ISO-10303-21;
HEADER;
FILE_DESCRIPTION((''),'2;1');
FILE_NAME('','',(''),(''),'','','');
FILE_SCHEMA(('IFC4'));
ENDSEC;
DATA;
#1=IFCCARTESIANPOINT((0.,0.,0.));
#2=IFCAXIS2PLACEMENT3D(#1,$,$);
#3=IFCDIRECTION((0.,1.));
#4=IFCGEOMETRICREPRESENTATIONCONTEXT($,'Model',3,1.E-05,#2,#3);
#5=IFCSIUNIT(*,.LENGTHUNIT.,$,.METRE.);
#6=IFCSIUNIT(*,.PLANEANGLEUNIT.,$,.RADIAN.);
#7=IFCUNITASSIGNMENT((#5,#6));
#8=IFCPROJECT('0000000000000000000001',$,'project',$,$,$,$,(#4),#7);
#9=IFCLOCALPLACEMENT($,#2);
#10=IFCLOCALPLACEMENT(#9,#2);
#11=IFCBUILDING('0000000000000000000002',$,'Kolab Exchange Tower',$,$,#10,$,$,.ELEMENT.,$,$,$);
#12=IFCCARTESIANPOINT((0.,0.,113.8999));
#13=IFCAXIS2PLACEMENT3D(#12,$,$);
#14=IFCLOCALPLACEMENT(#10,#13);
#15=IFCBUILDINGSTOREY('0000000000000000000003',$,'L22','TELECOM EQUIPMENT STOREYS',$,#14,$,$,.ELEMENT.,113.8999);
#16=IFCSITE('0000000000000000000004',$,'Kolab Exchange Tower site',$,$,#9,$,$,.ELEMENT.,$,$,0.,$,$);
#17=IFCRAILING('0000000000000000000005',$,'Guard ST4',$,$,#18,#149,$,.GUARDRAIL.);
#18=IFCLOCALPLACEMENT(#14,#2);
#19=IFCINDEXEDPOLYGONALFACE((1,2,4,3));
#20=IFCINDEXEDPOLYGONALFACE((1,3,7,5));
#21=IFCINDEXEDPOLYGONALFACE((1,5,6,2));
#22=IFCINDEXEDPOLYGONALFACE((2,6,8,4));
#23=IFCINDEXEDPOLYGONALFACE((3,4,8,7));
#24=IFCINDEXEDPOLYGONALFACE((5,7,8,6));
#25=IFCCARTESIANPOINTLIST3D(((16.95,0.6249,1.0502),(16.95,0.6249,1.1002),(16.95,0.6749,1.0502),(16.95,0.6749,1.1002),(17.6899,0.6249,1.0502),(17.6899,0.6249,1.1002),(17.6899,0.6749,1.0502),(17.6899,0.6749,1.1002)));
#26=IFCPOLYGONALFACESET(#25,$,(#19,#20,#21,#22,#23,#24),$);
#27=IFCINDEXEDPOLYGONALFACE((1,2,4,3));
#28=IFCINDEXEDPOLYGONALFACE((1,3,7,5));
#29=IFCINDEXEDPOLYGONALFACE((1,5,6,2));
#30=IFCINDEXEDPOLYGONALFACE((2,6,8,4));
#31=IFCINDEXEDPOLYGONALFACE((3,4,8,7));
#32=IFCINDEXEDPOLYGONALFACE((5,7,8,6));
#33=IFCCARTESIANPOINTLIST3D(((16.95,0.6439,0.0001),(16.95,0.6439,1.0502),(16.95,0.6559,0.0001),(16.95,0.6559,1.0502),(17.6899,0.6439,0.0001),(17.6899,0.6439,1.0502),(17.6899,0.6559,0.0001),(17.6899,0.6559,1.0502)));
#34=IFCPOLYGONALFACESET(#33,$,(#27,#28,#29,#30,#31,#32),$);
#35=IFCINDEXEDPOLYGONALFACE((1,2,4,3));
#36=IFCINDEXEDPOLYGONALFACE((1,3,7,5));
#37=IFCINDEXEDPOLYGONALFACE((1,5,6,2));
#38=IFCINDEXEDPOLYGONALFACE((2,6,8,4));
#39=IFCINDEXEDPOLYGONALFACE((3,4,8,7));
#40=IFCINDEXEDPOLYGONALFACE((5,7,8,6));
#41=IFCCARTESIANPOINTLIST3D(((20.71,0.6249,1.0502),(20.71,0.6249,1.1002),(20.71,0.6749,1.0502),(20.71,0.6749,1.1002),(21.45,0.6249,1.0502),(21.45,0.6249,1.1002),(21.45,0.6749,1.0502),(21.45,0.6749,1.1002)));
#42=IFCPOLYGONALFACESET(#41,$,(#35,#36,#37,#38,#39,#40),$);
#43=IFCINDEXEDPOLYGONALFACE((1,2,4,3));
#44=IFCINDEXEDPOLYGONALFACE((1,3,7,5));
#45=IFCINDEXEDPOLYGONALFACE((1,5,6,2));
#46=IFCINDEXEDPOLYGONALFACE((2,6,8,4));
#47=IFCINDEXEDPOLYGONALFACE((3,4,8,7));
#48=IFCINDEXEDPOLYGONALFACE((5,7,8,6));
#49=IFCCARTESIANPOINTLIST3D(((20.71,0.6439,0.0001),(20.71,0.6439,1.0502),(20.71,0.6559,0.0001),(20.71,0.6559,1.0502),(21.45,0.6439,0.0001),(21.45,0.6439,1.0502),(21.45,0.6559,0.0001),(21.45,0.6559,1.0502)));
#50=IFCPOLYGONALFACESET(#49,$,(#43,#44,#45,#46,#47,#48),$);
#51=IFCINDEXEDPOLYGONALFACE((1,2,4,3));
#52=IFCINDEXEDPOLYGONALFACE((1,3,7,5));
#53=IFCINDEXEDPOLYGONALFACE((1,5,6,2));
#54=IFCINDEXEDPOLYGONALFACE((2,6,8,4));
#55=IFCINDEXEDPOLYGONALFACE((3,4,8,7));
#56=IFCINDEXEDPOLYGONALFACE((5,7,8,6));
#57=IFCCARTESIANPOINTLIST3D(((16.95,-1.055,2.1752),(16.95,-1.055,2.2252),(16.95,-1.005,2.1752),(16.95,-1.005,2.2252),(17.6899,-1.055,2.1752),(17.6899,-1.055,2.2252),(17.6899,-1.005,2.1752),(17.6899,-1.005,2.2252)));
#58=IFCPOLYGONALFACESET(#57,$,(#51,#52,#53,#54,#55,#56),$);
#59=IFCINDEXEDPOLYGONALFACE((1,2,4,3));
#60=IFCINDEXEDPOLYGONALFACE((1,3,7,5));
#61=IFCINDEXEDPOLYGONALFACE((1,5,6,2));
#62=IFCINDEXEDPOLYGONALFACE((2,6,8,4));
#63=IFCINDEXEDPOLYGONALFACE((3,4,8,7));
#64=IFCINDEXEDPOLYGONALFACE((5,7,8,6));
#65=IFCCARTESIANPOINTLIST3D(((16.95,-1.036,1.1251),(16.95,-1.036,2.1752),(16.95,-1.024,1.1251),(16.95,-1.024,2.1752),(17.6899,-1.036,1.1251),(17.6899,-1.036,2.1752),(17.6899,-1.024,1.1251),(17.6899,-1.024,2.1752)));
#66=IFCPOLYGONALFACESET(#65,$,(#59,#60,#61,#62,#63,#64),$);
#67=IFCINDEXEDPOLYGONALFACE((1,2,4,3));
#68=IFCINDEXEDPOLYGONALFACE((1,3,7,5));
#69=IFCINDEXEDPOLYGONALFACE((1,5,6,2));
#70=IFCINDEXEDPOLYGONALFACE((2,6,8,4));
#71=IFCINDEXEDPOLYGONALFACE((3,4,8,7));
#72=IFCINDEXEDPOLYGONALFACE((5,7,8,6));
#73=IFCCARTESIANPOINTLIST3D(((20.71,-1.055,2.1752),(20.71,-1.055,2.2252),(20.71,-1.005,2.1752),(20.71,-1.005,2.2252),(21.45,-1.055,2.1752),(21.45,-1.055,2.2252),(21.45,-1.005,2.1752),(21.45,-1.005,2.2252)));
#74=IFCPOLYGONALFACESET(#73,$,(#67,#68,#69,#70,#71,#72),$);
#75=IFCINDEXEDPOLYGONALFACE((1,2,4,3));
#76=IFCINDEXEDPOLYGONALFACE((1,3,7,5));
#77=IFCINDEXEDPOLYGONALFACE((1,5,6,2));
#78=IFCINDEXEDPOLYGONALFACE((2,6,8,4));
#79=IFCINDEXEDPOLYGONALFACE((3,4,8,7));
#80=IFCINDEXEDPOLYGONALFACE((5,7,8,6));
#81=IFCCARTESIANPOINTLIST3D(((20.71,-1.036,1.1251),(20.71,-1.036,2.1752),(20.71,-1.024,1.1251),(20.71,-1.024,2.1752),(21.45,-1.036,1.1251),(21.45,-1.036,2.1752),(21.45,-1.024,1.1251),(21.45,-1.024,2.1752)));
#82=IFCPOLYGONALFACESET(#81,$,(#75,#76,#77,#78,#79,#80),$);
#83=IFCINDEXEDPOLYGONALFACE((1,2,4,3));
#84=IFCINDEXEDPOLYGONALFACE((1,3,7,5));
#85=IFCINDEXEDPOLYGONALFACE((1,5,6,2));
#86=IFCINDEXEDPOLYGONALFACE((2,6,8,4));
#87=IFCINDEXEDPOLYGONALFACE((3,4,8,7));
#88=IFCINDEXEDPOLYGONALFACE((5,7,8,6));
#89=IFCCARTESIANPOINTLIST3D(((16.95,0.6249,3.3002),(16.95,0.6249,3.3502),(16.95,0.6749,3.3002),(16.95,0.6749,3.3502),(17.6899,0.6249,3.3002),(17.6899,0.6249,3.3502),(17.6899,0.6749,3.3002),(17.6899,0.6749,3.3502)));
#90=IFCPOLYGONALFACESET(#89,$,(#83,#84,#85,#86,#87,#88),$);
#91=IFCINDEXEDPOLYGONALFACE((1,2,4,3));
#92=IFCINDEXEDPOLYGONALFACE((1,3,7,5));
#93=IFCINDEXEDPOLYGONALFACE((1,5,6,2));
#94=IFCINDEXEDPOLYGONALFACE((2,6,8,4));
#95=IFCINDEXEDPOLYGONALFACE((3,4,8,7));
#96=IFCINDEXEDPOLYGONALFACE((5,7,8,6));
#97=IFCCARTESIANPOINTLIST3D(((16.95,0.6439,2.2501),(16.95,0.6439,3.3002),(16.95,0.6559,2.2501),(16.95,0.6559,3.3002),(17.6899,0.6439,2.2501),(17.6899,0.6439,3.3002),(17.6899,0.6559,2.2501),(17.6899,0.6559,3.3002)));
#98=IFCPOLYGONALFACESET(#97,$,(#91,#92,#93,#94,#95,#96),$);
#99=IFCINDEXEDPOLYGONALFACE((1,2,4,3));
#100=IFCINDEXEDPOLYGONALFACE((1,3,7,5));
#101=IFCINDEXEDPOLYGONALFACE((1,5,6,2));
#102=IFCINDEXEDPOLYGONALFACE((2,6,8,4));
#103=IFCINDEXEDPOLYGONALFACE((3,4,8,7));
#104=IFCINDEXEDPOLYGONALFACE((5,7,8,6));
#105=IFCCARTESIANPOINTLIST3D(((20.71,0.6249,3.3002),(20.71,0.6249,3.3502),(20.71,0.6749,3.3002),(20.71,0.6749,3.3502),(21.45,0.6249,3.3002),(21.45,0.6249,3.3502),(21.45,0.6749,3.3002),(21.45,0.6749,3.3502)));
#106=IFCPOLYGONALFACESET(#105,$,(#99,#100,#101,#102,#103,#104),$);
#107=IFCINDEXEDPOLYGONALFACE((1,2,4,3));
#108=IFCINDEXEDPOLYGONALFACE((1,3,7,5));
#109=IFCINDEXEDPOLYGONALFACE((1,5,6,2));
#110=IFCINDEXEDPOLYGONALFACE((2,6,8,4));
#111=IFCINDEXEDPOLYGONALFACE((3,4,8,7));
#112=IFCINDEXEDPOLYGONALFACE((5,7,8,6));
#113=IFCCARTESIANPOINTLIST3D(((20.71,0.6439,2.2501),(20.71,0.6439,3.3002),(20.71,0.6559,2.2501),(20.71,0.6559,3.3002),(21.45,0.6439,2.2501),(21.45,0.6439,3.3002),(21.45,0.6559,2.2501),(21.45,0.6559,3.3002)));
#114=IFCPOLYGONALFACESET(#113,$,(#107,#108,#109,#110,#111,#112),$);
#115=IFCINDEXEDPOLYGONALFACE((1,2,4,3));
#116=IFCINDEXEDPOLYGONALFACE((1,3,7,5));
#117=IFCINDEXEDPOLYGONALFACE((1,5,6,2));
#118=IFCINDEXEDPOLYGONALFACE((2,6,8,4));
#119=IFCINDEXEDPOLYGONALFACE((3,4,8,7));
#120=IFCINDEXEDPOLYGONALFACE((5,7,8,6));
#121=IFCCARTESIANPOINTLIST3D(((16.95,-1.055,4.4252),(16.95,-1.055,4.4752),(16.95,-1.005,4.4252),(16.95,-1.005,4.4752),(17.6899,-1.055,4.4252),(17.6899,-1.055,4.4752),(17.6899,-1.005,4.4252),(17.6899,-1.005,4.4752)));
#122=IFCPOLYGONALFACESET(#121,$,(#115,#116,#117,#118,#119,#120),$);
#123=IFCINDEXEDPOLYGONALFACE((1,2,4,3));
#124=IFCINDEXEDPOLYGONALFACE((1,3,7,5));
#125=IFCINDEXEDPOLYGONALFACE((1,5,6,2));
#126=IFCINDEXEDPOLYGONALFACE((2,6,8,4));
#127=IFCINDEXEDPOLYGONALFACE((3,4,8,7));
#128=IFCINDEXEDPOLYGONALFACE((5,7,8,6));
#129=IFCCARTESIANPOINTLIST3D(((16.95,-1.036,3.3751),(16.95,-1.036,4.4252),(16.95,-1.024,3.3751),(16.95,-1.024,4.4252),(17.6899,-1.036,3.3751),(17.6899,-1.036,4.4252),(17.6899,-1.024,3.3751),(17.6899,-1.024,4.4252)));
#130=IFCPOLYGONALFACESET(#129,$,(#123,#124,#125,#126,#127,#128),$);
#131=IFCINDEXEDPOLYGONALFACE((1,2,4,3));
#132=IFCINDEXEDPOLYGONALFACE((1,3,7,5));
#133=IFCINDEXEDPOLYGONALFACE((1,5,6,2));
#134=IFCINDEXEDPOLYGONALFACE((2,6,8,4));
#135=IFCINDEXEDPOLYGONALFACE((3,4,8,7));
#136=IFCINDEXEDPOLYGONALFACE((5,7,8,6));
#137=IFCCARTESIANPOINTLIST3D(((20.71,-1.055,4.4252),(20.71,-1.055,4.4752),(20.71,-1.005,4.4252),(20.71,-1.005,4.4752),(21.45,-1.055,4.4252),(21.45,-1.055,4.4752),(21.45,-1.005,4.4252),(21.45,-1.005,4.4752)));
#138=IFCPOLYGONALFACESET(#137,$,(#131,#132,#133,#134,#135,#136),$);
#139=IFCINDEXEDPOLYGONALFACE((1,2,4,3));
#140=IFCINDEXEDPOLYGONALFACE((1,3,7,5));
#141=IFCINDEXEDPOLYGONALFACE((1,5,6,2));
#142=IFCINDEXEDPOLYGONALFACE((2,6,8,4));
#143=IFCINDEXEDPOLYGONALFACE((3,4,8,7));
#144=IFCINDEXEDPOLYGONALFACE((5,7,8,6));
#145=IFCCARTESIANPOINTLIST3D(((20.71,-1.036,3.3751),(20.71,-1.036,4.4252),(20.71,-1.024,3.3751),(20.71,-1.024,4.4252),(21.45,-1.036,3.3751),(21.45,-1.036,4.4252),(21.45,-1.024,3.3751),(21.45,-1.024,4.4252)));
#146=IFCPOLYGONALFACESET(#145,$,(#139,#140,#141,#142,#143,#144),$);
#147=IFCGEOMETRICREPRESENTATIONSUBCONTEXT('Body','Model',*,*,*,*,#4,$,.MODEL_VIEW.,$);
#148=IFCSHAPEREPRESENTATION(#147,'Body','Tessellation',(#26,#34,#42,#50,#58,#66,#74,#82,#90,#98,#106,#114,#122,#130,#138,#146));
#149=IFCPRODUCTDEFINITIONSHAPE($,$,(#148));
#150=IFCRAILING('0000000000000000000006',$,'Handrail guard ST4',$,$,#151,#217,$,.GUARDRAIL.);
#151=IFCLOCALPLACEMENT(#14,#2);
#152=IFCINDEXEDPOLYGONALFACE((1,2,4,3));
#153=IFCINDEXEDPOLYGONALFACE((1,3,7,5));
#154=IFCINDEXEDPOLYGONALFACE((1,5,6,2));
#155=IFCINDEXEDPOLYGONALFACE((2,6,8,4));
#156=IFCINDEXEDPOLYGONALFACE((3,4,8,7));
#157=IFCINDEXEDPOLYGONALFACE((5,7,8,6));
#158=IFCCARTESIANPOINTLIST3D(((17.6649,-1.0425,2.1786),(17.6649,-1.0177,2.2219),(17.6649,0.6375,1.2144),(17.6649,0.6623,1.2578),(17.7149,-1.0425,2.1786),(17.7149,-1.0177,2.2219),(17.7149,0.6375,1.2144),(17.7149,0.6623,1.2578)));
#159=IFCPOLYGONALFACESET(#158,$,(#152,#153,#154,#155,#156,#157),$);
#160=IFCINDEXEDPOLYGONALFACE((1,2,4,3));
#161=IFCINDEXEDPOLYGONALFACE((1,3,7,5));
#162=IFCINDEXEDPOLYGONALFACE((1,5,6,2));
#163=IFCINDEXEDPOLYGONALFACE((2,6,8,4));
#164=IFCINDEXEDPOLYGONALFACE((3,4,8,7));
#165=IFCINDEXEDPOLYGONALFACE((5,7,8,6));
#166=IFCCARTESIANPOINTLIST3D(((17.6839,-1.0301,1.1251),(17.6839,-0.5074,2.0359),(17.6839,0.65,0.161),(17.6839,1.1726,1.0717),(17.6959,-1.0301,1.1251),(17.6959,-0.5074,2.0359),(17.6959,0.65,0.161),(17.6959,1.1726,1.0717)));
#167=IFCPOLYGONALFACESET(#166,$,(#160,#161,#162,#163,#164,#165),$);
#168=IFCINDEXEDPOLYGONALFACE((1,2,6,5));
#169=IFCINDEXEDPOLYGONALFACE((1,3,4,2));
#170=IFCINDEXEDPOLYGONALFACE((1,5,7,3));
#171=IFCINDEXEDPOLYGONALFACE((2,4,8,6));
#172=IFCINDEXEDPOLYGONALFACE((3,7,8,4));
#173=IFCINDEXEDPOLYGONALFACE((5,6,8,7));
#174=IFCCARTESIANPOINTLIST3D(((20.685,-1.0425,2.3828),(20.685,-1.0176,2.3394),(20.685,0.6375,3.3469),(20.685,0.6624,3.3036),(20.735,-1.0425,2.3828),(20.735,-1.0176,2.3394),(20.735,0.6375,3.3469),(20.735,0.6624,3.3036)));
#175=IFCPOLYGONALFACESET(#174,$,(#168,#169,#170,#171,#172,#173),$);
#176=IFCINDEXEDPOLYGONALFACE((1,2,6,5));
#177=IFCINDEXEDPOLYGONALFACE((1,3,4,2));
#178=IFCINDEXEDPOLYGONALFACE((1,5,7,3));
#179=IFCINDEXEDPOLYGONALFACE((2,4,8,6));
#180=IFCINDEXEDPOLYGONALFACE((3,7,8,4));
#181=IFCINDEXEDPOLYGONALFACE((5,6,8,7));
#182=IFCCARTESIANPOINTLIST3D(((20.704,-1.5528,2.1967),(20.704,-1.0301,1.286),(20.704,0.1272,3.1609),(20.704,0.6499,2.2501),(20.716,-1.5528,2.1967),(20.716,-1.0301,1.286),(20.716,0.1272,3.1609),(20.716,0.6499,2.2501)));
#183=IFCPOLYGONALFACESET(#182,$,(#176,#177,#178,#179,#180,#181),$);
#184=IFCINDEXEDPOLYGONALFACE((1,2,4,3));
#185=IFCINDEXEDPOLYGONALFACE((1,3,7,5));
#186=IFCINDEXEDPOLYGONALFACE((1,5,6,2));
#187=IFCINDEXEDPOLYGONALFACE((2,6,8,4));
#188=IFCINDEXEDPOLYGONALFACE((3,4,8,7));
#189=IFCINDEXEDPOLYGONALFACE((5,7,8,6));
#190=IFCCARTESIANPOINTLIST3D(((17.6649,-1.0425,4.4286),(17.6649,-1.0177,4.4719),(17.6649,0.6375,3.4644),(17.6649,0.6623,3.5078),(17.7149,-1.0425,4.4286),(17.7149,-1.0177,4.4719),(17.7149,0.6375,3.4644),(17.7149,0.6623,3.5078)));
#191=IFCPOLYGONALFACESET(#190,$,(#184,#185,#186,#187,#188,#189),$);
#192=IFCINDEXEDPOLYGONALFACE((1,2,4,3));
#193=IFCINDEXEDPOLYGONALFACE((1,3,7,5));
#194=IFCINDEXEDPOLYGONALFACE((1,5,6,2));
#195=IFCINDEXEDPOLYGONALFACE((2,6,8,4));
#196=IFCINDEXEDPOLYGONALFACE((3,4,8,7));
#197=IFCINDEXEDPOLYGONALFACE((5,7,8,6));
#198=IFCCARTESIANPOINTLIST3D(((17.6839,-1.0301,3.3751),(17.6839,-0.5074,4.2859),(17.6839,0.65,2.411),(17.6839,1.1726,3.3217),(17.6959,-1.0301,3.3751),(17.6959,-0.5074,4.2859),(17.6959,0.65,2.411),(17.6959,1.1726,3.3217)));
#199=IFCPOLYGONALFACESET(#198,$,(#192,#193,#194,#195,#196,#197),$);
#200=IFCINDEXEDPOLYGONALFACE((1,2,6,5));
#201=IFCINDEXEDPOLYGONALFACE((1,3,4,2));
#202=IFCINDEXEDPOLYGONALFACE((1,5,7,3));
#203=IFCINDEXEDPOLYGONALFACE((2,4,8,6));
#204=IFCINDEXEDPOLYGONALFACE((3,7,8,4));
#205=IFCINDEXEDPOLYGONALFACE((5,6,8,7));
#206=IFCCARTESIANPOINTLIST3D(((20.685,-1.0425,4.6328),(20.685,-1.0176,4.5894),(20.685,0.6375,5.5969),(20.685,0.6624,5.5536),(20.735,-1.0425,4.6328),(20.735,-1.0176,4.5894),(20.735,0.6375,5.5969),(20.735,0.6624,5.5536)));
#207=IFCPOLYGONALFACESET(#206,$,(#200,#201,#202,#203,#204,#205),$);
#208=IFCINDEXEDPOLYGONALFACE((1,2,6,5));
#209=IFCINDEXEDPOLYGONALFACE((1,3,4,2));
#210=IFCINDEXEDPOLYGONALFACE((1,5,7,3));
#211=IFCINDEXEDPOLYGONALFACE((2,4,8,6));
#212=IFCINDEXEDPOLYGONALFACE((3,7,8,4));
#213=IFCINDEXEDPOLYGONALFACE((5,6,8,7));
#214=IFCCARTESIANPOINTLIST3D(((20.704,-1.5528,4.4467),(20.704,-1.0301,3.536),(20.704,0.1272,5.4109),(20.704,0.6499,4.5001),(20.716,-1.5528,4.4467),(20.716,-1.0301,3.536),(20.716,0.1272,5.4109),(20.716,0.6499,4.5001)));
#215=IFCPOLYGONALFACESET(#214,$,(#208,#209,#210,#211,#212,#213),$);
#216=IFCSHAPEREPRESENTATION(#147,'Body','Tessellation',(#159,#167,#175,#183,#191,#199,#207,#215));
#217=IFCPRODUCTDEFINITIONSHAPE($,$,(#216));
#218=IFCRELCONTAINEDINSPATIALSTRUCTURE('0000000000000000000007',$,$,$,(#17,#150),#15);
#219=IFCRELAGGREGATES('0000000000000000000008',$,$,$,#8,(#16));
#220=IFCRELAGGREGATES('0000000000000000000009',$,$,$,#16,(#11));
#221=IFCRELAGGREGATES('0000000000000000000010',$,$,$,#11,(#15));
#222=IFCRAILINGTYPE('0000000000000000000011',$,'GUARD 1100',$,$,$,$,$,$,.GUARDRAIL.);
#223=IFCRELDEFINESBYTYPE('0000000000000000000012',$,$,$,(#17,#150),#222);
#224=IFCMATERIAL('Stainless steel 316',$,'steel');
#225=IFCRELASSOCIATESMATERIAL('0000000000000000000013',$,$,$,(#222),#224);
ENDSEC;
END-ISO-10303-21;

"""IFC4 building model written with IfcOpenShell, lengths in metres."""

from ifc_helpers import new_model, si_unit, direction, frame, frame_2d, origin, origin_2d, place, context, subcontext, project, spatial, rectangle, extrude, material, type_object, element, save


model = new_model("IFC4")

# Units and contexts
model_context = context("Model", 3, precision=1e-05, world=origin(), true_north=direction((0.0, 1.0)))
body_context = subcontext(model_context, "Body", "Model", "MODEL_VIEW")
ifc_project = project(units=[si_unit("LENGTHUNIT", "METRE"), si_unit("PLANEANGLEUNIT", "RADIAN")], contexts=[model_context])

# Site, building, storey
site_placement = place(None, origin())
site = spatial("IfcSite", under=ifc_project, at=site_placement, Name="Kolab Exchange Tower site", CompositionType="ELEMENT", RefElevation=0.0)
building_placement = place(site_placement, origin())
building = spatial("IfcBuilding", under=site, at=building_placement, Name="Kolab Exchange Tower", CompositionType="ELEMENT")
storey_placement = place(building_placement, frame((0.0, 0.0, 113.8999)))
storey = spatial("IfcBuildingStorey", under=building, at=storey_placement, Name="L22", Description="TELECOM EQUIPMENT STOREYS", CompositionType="ELEMENT", Elevation=113.8999)

# Railings
ifc_material_1 = material(Name="Stainless steel 316", Category="steel")
railing_type = type_object("IfcRailingType", Name="GUARD 1100", PredefinedType="GUARDRAIL", material=ifc_material_1)
railing_1_placement = place(storey_placement, frame((16.95, 0.6499, 0.0)))
element("IfcRailing", 1, at=railing_1_placement, inside=storey, type_object=railing_type, Name="Guard ST4", PredefinedType="GUARDRAIL", context=body_context, shape_type="SweptSolid", body=[
    extrude(rectangle(XDim=0.05, YDim=0.05, at=origin_2d()), frame((0.0, 0.0, 1.0752), z_axis=(1.0, 0.0, 0.0), x_axis=(0.0, 1.0, 0.0)), (0.0, 0.0, 1.0), 0.74),
    extrude(rectangle(XDim=0.012, YDim=1.0501, at=frame_2d((0.0, 0.5251))), frame((0.0, 0.0, 0.0), z_axis=(1.0, 0.0, 0.0), x_axis=(0.0, 1.0, 0.0)), (0.0, 0.0, 1.0), 0.74),
    extrude(rectangle(XDim=0.05, YDim=0.05, at=origin_2d()), frame((3.76, 0.0, 1.0752), z_axis=(1.0, 0.0, 0.0), x_axis=(0.0, 1.0, 0.0)), (0.0, 0.0, 1.0), 0.74),
    extrude(rectangle(XDim=0.012, YDim=1.0501, at=frame_2d((0.0, 0.5251))), frame((3.76, 0.0, 0.0), z_axis=(1.0, 0.0, 0.0), x_axis=(0.0, 1.0, 0.0)), (0.0, 0.0, 1.0), 0.74),
    extrude(rectangle(XDim=0.05, YDim=0.05, at=origin_2d()), frame((0.0, -1.6799, 2.2002), z_axis=(1.0, 0.0, 0.0), x_axis=(0.0, 1.0, 0.0)), (0.0, 0.0, 1.0), 0.74),
    extrude(rectangle(XDim=0.012, YDim=1.0501, at=frame_2d((0.0, 0.5251))), frame((0.0, -1.6799, 1.125), z_axis=(1.0, 0.0, 0.0), x_axis=(0.0, 1.0, 0.0)), (0.0, 0.0, 1.0), 0.74),
    extrude(rectangle(XDim=0.05, YDim=0.05, at=origin_2d()), frame((3.76, -1.6799, 2.2002), z_axis=(1.0, 0.0, 0.0), x_axis=(0.0, 1.0, 0.0)), (0.0, 0.0, 1.0), 0.74),
    extrude(rectangle(XDim=0.012, YDim=1.0501, at=frame_2d((0.0, 0.5251))), frame((3.76, -1.6799, 1.125), z_axis=(1.0, 0.0, 0.0), x_axis=(0.0, 1.0, 0.0)), (0.0, 0.0, 1.0), 0.74),
    extrude(rectangle(XDim=0.05, YDim=0.05, at=origin_2d()), frame((0.0, 0.0, 3.3252), z_axis=(1.0, 0.0, 0.0), x_axis=(0.0, 1.0, 0.0)), (0.0, 0.0, 1.0), 0.74),
    extrude(rectangle(XDim=0.012, YDim=1.0501, at=frame_2d((0.0, 0.5251))), frame((0.0, 0.0, 2.25), z_axis=(1.0, 0.0, 0.0), x_axis=(0.0, 1.0, 0.0)), (0.0, 0.0, 1.0), 0.74),
    extrude(rectangle(XDim=0.05, YDim=0.05, at=origin_2d()), frame((3.76, 0.0, 3.3252), z_axis=(1.0, 0.0, 0.0), x_axis=(0.0, 1.0, 0.0)), (0.0, 0.0, 1.0), 0.74),
    extrude(rectangle(XDim=0.012, YDim=1.0501, at=frame_2d((0.0, 0.5251))), frame((3.76, 0.0, 2.25), z_axis=(1.0, 0.0, 0.0), x_axis=(0.0, 1.0, 0.0)), (0.0, 0.0, 1.0), 0.74),
    extrude(rectangle(XDim=0.05, YDim=0.05, at=origin_2d()), frame((0.0, -1.6799, 4.4502), z_axis=(1.0, 0.0, 0.0), x_axis=(0.0, 1.0, 0.0)), (0.0, 0.0, 1.0), 0.74),
    extrude(rectangle(XDim=0.012, YDim=1.0501, at=frame_2d((0.0, 0.5251))), frame((0.0, -1.6799, 3.375), z_axis=(1.0, 0.0, 0.0), x_axis=(0.0, 1.0, 0.0)), (0.0, 0.0, 1.0), 0.74),
    extrude(rectangle(XDim=0.05, YDim=0.05, at=origin_2d()), frame((3.76, -1.6799, 4.4502), z_axis=(1.0, 0.0, 0.0), x_axis=(0.0, 1.0, 0.0)), (0.0, 0.0, 1.0), 0.74),
    extrude(rectangle(XDim=0.012, YDim=1.0501, at=frame_2d((0.0, 0.5251))), frame((3.76, -1.6799, 3.375), z_axis=(1.0, 0.0, 0.0), x_axis=(0.0, 1.0, 0.0)), (0.0, 0.0, 1.0), 0.74),
])
railing_2_placement = place(storey_placement, frame((17.6899, 0.6499, 0.1609)))
element("IfcRailing", 2, at=railing_2_placement, inside=storey, type_object=railing_type, Name="Handrail guard ST4", PredefinedType="GUARDRAIL", context=body_context, shape_type="SweptSolid", body=[
    extrude(rectangle(XDim=0.05, YDim=0.05, at=origin_2d()), frame((0.0, 0.0, 1.0752), z_axis=(0.0, -0.867319, 0.497753), x_axis=(1.0, 0.0, 0.0)), (0.0, 0.0, 1.0), 1.937),
    extrude(rectangle(XDim=0.012, YDim=1.0501, at=frame_2d((0.0, 0.5251))), frame((0.0, 0.0, 0.0), z_axis=(0.0, -0.867319, 0.497753), x_axis=(1.0, 0.0, 0.0)), (0.0, 0.0, 1.0), 1.937),
    extrude(rectangle(XDim=0.05, YDim=0.05, at=origin_2d()), frame((3.02, -1.6799, 2.2002), z_axis=(0.0, 0.867319, 0.497753), x_axis=(-1.0, 0.0, 0.0)), (0.0, 0.0, 1.0), 1.937),
    extrude(rectangle(XDim=0.012, YDim=1.0501, at=frame_2d((0.0, 0.5251))), frame((3.02, -1.6799, 1.125), z_axis=(0.0, 0.867319, 0.497753), x_axis=(-1.0, 0.0, 0.0)), (0.0, 0.0, 1.0), 1.937),
    extrude(rectangle(XDim=0.05, YDim=0.05, at=origin_2d()), frame((0.0, 0.0, 3.3252), z_axis=(0.0, -0.867319, 0.497753), x_axis=(1.0, 0.0, 0.0)), (0.0, 0.0, 1.0), 1.937),
    extrude(rectangle(XDim=0.012, YDim=1.0501, at=frame_2d((0.0, 0.5251))), frame((0.0, 0.0, 2.25), z_axis=(0.0, -0.867319, 0.497753), x_axis=(1.0, 0.0, 0.0)), (0.0, 0.0, 1.0), 1.937),
    extrude(rectangle(XDim=0.05, YDim=0.05, at=origin_2d()), frame((3.02, -1.6799, 4.4502), z_axis=(0.0, 0.867319, 0.497753), x_axis=(-1.0, 0.0, 0.0)), (0.0, 0.0, 1.0), 1.937),
    extrude(rectangle(XDim=0.012, YDim=1.0501, at=frame_2d((0.0, 0.5251))), frame((3.02, -1.6799, 3.375), z_axis=(0.0, 0.867319, 0.497753), x_axis=(-1.0, 0.0, 0.0)), (0.0, 0.0, 1.0), 1.937),
])

save(model, "model.ifc")
